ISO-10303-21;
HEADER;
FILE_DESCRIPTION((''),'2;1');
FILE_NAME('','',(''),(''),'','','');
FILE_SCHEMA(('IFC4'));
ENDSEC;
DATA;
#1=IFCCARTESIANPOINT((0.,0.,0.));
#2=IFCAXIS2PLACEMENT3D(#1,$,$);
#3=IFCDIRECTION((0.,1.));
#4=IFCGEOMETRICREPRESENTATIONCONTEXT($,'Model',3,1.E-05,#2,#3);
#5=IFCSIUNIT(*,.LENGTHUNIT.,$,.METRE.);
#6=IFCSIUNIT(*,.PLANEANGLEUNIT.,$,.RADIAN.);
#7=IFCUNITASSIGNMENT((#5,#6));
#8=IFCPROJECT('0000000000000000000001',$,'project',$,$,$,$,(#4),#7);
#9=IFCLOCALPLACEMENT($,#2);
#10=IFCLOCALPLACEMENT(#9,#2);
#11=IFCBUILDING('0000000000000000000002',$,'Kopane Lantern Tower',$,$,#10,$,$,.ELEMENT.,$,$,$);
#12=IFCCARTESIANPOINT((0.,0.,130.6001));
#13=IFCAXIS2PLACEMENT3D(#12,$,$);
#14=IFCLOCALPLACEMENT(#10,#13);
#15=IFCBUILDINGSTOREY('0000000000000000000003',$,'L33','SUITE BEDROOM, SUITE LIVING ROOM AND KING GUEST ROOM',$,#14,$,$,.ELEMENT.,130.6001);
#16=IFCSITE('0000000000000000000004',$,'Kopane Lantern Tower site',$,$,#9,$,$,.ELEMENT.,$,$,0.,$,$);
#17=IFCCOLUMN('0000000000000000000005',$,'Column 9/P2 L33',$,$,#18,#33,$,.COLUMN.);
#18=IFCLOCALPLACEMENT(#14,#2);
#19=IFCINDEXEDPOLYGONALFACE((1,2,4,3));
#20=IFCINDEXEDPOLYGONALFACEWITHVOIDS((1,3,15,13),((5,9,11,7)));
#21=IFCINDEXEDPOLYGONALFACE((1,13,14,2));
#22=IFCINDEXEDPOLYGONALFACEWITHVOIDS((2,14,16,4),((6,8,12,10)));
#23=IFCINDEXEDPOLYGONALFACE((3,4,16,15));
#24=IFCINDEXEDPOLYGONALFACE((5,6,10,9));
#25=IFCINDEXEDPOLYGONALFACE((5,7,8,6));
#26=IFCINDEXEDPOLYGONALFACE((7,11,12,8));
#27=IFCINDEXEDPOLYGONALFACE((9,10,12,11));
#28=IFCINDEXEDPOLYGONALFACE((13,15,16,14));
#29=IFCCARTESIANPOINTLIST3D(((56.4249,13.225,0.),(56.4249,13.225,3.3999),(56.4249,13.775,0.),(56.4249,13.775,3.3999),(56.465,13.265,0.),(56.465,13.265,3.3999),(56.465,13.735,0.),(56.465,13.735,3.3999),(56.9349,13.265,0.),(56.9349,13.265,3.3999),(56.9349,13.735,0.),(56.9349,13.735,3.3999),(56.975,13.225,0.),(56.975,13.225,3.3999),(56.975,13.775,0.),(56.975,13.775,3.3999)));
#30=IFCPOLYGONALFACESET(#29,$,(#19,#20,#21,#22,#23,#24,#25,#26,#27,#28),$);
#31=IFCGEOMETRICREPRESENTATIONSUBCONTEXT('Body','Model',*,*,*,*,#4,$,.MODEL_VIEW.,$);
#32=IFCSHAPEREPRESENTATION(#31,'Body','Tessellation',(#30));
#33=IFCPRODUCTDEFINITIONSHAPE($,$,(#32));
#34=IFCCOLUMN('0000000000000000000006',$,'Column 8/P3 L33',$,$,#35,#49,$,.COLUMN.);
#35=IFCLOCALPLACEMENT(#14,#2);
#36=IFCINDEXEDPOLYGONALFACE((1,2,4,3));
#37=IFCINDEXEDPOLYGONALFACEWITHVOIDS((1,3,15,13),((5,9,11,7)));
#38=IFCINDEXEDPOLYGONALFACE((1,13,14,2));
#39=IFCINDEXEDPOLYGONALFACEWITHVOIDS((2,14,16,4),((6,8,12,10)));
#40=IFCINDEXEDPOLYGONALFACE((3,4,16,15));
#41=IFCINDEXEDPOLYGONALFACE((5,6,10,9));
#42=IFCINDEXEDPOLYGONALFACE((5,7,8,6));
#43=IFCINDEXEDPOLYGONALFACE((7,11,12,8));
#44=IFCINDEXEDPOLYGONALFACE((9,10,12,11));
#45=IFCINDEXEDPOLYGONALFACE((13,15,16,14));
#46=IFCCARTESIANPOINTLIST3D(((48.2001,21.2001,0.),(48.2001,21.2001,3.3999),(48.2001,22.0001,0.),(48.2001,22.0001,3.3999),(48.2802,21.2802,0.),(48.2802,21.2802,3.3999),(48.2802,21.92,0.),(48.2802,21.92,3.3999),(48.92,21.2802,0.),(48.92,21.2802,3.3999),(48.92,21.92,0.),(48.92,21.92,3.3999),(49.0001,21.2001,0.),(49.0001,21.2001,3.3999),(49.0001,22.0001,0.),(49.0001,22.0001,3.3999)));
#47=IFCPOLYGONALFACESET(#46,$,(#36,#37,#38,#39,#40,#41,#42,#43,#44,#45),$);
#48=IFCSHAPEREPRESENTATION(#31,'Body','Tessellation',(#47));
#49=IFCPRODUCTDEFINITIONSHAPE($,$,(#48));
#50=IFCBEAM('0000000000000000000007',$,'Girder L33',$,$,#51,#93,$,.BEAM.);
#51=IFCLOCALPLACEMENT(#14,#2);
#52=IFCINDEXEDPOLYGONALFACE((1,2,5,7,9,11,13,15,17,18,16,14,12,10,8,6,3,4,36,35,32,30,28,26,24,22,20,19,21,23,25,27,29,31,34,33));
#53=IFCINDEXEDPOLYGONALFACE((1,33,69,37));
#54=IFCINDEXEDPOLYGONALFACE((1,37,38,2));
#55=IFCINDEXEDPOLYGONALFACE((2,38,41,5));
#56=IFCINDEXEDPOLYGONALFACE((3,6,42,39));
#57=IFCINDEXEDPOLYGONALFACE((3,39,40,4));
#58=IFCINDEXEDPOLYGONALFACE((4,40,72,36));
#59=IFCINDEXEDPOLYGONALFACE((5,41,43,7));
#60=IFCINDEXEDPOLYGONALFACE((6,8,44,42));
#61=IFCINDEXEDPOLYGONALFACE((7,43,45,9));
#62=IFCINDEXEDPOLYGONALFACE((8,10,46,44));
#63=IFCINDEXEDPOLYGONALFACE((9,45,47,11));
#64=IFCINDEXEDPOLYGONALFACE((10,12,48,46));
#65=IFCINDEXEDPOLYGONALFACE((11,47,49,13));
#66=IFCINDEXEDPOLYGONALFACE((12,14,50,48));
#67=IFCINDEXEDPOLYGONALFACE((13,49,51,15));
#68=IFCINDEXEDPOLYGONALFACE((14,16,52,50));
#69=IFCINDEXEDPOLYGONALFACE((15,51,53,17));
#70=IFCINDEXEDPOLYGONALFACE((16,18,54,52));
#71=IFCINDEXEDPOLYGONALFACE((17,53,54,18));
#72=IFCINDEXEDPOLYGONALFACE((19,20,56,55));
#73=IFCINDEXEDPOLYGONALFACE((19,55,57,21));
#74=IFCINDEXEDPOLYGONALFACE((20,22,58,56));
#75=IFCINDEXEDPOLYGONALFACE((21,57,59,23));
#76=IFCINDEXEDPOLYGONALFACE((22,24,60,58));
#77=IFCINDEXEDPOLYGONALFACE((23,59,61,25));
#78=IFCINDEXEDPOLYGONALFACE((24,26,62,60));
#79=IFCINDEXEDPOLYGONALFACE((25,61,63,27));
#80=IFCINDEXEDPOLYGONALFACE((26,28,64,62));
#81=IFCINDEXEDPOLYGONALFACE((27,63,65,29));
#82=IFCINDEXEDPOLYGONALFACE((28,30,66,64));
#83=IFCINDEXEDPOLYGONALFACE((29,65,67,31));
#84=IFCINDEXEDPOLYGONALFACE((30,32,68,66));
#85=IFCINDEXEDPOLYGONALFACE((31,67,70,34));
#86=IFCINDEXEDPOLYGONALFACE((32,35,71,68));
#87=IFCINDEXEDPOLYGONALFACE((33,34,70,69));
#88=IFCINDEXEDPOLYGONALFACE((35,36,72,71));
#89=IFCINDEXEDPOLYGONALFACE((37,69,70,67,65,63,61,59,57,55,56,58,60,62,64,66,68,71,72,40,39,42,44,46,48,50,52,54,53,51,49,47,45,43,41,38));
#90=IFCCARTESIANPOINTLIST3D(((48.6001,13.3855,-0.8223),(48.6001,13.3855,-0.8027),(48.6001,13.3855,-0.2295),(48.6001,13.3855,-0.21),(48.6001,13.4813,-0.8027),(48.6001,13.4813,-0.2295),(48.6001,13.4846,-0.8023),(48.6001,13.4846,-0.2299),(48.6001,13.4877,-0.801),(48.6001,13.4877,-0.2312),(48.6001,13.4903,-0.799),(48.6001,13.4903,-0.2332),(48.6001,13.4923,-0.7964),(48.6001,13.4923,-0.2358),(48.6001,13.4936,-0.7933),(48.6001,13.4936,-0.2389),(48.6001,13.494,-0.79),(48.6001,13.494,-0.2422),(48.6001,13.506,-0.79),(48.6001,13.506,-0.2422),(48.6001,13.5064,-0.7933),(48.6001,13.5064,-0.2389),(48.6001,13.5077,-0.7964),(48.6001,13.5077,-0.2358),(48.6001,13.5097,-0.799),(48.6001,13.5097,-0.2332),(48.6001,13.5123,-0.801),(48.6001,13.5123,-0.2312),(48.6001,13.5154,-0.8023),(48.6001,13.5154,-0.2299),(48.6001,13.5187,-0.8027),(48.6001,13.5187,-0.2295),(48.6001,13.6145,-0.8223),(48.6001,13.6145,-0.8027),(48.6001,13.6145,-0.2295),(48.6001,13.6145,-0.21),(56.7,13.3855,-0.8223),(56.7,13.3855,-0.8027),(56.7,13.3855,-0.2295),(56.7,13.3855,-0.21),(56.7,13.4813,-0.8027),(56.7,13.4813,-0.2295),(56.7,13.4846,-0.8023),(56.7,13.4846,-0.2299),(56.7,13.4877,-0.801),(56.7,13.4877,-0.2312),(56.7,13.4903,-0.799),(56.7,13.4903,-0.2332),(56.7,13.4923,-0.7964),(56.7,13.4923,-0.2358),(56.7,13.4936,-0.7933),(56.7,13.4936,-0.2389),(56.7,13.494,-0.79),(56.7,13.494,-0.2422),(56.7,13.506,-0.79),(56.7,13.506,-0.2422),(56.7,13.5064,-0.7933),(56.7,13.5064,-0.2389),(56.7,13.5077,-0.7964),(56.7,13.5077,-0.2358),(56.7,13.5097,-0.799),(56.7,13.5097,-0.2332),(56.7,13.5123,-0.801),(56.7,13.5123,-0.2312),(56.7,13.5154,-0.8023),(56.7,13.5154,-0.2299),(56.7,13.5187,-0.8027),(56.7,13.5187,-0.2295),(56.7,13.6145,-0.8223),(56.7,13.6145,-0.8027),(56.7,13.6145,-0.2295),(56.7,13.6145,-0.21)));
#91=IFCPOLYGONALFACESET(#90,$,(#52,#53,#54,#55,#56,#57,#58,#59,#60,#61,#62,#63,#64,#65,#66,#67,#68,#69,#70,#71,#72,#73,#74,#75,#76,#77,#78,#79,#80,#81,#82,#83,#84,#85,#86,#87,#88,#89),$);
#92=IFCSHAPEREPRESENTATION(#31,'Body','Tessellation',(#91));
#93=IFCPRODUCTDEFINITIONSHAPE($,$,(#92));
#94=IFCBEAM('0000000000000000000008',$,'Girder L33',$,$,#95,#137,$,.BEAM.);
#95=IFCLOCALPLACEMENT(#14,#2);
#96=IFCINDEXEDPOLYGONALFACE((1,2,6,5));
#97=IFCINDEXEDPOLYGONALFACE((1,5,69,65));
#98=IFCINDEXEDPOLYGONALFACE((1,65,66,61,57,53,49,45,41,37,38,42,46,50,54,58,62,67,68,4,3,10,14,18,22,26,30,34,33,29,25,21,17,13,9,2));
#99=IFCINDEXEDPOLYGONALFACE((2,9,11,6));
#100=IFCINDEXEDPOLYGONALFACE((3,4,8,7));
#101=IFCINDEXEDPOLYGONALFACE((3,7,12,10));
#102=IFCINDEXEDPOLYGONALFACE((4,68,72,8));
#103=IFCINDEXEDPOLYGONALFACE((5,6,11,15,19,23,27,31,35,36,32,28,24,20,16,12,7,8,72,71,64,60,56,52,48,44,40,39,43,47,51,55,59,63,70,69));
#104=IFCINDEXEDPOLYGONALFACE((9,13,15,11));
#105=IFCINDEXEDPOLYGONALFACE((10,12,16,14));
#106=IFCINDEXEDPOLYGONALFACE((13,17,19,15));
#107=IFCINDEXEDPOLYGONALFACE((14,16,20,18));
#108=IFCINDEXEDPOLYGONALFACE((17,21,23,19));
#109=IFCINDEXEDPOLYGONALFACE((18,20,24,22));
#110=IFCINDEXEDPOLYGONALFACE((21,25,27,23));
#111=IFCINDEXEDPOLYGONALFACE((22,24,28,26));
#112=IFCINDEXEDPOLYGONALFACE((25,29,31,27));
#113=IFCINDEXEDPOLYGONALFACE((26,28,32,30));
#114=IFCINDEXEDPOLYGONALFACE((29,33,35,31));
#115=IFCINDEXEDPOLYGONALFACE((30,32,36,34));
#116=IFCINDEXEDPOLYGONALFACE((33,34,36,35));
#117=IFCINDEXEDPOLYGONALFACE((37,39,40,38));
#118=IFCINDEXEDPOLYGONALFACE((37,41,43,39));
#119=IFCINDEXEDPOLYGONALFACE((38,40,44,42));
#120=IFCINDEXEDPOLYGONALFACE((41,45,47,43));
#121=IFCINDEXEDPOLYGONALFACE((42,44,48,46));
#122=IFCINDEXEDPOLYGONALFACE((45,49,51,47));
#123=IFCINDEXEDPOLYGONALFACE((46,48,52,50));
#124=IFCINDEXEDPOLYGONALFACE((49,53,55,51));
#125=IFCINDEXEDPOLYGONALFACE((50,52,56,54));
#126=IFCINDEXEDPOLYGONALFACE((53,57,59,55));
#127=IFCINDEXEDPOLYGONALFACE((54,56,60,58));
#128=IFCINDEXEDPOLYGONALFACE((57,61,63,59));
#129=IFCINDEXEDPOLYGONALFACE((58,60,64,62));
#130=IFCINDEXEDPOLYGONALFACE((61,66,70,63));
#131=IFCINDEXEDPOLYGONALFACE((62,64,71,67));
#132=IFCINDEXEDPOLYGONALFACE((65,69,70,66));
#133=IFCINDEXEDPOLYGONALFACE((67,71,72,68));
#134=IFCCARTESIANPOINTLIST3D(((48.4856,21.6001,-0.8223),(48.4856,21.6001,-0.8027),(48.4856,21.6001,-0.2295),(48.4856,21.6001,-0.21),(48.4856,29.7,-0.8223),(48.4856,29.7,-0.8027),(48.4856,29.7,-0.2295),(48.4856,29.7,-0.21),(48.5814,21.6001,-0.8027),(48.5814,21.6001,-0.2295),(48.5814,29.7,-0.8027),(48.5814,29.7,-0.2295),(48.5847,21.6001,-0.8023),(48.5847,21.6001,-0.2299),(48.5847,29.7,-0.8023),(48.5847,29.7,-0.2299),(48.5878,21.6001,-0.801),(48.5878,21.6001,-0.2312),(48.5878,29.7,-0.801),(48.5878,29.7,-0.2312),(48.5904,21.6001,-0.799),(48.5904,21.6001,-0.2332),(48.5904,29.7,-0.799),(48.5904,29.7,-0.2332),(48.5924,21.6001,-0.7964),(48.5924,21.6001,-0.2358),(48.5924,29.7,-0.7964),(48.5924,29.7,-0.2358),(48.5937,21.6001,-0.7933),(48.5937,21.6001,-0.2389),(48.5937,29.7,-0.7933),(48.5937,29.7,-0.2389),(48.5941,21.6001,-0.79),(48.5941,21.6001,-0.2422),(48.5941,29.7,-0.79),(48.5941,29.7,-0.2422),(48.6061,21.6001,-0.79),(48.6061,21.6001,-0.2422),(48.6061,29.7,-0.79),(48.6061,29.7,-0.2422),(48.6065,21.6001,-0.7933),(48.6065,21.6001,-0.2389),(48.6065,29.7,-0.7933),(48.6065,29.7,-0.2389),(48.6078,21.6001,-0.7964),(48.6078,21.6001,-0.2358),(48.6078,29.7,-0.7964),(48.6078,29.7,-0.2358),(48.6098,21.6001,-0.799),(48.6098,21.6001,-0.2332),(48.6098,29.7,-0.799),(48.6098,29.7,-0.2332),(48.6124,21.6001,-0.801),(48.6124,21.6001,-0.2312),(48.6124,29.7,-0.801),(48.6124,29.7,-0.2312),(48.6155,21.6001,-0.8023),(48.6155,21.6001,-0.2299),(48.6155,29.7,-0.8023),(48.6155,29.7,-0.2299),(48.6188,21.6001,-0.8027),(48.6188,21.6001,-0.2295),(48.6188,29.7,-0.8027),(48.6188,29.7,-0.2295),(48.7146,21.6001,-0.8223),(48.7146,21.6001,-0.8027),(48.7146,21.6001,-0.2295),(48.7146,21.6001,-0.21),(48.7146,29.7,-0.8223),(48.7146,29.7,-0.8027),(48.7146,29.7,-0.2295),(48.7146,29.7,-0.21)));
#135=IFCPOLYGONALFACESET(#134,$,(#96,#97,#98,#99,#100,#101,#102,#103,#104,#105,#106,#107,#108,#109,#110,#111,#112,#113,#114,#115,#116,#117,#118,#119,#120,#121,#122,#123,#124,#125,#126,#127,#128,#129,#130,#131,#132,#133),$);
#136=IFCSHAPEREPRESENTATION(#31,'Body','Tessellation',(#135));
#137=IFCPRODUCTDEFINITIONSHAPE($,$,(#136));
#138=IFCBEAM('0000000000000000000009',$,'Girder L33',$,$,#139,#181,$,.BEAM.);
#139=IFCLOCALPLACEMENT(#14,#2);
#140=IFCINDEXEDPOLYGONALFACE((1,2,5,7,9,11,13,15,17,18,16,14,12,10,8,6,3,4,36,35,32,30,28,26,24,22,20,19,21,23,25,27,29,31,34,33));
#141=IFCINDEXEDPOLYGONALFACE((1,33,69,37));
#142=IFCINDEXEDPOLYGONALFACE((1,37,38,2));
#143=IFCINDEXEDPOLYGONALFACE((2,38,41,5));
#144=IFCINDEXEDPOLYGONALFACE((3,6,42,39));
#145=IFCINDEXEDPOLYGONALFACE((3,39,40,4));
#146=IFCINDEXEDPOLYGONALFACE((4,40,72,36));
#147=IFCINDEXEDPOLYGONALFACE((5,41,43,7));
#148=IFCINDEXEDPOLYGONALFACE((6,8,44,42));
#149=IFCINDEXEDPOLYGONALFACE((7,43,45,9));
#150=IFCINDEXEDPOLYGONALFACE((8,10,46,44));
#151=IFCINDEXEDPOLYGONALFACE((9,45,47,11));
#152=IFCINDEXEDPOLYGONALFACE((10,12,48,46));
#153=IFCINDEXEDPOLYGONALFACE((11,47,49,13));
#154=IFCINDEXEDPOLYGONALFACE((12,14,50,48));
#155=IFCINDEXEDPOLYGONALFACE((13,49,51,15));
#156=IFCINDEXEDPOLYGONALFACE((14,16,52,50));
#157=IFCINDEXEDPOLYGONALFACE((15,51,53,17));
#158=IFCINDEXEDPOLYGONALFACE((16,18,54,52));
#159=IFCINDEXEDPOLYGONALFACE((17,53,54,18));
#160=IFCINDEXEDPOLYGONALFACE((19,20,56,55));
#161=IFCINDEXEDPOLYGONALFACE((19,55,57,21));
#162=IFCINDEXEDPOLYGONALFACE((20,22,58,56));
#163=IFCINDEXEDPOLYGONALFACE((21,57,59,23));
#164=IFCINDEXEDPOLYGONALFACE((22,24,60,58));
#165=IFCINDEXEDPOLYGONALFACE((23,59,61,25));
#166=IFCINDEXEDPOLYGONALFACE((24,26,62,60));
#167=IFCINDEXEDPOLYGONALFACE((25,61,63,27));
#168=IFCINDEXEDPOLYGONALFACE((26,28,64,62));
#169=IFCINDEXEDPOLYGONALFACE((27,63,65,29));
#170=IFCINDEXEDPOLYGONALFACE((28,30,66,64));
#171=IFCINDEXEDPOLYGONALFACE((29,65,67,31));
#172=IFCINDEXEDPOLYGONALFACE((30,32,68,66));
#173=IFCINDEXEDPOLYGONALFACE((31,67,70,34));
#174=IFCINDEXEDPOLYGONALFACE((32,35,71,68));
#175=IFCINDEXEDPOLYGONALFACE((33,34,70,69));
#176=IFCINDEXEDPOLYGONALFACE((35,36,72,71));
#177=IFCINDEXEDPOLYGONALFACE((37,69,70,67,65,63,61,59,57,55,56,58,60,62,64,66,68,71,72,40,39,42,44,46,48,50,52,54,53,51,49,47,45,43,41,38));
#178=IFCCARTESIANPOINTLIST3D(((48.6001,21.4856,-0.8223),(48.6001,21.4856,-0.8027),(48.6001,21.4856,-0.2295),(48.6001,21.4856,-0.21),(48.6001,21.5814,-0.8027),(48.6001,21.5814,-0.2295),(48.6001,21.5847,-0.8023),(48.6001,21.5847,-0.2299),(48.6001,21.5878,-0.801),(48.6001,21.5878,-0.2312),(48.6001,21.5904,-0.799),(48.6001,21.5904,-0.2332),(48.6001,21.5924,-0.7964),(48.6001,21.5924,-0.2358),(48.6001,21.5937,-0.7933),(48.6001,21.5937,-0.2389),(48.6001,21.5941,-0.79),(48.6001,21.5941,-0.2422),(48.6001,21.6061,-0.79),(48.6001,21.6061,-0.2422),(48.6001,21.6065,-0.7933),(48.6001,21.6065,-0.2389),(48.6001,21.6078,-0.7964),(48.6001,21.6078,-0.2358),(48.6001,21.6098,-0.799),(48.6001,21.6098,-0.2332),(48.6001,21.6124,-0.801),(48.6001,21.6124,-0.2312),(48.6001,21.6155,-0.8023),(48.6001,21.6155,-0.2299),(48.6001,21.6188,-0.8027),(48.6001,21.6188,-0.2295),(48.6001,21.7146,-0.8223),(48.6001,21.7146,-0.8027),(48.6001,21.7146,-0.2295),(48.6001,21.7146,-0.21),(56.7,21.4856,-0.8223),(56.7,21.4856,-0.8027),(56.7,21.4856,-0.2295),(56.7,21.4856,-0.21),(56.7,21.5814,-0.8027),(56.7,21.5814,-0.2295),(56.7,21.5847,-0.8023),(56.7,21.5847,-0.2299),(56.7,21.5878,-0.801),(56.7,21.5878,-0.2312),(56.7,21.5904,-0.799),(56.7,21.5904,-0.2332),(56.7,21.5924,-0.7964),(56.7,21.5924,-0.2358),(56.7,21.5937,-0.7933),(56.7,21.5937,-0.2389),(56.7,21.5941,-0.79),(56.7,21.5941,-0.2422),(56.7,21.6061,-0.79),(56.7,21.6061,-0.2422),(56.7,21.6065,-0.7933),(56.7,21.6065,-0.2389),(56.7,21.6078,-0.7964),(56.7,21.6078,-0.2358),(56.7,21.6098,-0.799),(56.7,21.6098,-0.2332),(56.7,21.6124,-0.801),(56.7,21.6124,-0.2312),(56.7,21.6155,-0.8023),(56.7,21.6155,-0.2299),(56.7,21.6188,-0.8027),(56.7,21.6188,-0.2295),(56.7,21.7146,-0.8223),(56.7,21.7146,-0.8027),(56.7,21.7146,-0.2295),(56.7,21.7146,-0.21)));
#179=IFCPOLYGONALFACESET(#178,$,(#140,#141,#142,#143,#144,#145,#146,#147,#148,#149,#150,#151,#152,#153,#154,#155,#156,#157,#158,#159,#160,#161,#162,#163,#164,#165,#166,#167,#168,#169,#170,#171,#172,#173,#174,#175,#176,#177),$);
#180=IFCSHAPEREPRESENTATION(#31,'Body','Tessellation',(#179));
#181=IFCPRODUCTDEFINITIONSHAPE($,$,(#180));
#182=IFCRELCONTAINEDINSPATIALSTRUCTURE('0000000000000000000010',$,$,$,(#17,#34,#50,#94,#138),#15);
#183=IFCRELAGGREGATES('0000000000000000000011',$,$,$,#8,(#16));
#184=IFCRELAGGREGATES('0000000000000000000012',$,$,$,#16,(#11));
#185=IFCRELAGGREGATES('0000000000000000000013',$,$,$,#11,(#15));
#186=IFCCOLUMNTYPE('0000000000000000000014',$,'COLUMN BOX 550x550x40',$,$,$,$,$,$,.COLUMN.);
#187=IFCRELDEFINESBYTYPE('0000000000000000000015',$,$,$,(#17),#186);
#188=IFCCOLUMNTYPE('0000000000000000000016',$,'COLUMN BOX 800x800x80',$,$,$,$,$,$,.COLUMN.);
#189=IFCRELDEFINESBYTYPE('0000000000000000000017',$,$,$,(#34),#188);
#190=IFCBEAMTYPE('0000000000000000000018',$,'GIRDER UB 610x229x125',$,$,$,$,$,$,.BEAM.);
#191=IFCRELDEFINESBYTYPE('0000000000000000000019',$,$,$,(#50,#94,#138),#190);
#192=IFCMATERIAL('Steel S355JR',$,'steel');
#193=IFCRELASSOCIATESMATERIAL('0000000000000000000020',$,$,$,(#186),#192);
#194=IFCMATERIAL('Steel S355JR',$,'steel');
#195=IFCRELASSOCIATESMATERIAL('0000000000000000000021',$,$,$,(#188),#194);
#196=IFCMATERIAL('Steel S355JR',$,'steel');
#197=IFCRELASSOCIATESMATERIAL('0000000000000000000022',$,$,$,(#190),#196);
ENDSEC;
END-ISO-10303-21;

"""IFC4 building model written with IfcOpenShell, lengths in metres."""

from ifc_helpers import new_model, si_unit, direction, frame, origin, origin_2d, place, context, subcontext, project, spatial, hollow_rectangle, i_section, extrude, material, material_profile, profile_set, type_object, element, save


model = new_model("IFC4")

# Units and contexts
model_context = context("Model", 3, precision=1e-05, world=origin(), true_north=direction((0.0, 1.0)))
body_context = subcontext(model_context, "Body", "Model", "MODEL_VIEW")
ifc_project = project(units=[si_unit("LENGTHUNIT", "METRE"), si_unit("PLANEANGLEUNIT", "RADIAN")], contexts=[model_context])

# Site, building, storey
site_placement = place(None, origin())
site = spatial("IfcSite", under=ifc_project, at=site_placement, Name="Kopane Lantern Tower site", CompositionType="ELEMENT", RefElevation=0.0)
building_placement = place(site_placement, origin())
building = spatial("IfcBuilding", under=site, at=building_placement, Name="Kopane Lantern Tower", CompositionType="ELEMENT")
storey_placement = place(building_placement, frame((0.0, 0.0, 130.6001)))
storey = spatial("IfcBuildingStorey", under=building, at=storey_placement, Name="L33", Description="SUITE BEDROOM, SUITE LIVING ROOM AND KING GUEST ROOM", CompositionType="ELEMENT", Elevation=130.6001)

# Columns
ifc_material_1 = material(Name="Steel S355JR", Category="steel")
ifc_material_profile_1 = material_profile(ifc_material_1, hollow_rectangle(XDim=0.55, YDim=0.55, WallThickness=0.04, at=origin_2d()), Name="BOX 550x550x40")
ifc_profile_set_1 = profile_set([ifc_material_profile_1], Name="Steel S355JR")
column_type_1 = type_object("IfcColumnType", Name="COLUMN BOX 550x550x40", PredefinedType="COLUMN", material=ifc_profile_set_1)
column_1_placement = place(storey_placement, frame((56.7, 13.5, 0.0), z_axis=(0.0, 0.0, 1.0), x_axis=(1.0, 0.0, 0.0)))
element("IfcColumn", 1, at=column_1_placement, inside=storey, type_object=column_type_1, Name="Column 9/P2 L33", PredefinedType="COLUMN", context=body_context, shape_type="SweptSolid", body=[
    extrude(hollow_rectangle(XDim=0.55, YDim=0.55, WallThickness=0.04, at=origin_2d()), origin(), (0.0, 0.0, 1.0), 3.3999),
])
ifc_material_2 = material(Name="Steel S355JR", Category="steel")
ifc_material_profile_2 = material_profile(ifc_material_2, hollow_rectangle(XDim=0.8, YDim=0.8, WallThickness=0.0801, at=origin_2d()), Name="BOX 800x800x80")
ifc_profile_set_2 = profile_set([ifc_material_profile_2], Name="Steel S355JR")
column_type_2 = type_object("IfcColumnType", Name="COLUMN BOX 800x800x80", PredefinedType="COLUMN", material=ifc_profile_set_2)
column_2_placement = place(storey_placement, frame((48.6001, 21.6001, 0.0), z_axis=(0.0, 0.0, 1.0), x_axis=(1.0, 0.0, 0.0)))
element("IfcColumn", 2, at=column_2_placement, inside=storey, type_object=column_type_2, Name="Column 8/P3 L33", PredefinedType="COLUMN", context=body_context, shape_type="SweptSolid", body=[
    extrude(hollow_rectangle(XDim=0.8, YDim=0.8, WallThickness=0.0801, at=origin_2d()), origin(), (0.0, 0.0, 1.0), 3.3999),
])

# Beams
ifc_material_3 = material(Name="Steel S355JR", Category="steel")
ifc_material_profile_3 = material_profile(ifc_material_3, i_section(OverallWidth=0.229, OverallDepth=0.6123, WebThickness=0.012, FlangeThickness=0.0195, FilletRadius=0.0127, at=origin_2d()), Name="UB 610x229x125")
ifc_profile_set_3 = profile_set([ifc_material_profile_3], Name="Steel S355JR")
beam_type = type_object("IfcBeamType", Name="GIRDER UB 610x229x125", PredefinedType="BEAM", material=ifc_profile_set_3)
for number, where, z_axis, x_axis, name in (
    (3, (48.6001, 13.5, -0.5161), (1.0, 0.0, 0.0), (0.0, 1.0, 0.0), "Girder L33"),
    (4, (48.6001, 21.6001, -0.5161), (0.0, 1.0, 0.0), (-1.0, 0.0, 0.0), "Girder L33"),
    (5, (48.6001, 21.6001, -0.5161), (1.0, 0.0, 0.0), (0.0, 1.0, 0.0), "Girder L33"),
):
    element("IfcBeam", number, at=place(storey_placement, frame(where, z_axis=z_axis, x_axis=x_axis)), inside=storey, type_object=beam_type, Name=name, PredefinedType="BEAM", context=body_context, shape_type="SweptSolid", body=[
        extrude(i_section(OverallWidth=0.229, OverallDepth=0.6123, WebThickness=0.012, FlangeThickness=0.0195, FilletRadius=0.0127, at=origin_2d()), origin(), (0.0, 0.0, 1.0), 8.0999),
    ])

save(model, "model.ifc")
